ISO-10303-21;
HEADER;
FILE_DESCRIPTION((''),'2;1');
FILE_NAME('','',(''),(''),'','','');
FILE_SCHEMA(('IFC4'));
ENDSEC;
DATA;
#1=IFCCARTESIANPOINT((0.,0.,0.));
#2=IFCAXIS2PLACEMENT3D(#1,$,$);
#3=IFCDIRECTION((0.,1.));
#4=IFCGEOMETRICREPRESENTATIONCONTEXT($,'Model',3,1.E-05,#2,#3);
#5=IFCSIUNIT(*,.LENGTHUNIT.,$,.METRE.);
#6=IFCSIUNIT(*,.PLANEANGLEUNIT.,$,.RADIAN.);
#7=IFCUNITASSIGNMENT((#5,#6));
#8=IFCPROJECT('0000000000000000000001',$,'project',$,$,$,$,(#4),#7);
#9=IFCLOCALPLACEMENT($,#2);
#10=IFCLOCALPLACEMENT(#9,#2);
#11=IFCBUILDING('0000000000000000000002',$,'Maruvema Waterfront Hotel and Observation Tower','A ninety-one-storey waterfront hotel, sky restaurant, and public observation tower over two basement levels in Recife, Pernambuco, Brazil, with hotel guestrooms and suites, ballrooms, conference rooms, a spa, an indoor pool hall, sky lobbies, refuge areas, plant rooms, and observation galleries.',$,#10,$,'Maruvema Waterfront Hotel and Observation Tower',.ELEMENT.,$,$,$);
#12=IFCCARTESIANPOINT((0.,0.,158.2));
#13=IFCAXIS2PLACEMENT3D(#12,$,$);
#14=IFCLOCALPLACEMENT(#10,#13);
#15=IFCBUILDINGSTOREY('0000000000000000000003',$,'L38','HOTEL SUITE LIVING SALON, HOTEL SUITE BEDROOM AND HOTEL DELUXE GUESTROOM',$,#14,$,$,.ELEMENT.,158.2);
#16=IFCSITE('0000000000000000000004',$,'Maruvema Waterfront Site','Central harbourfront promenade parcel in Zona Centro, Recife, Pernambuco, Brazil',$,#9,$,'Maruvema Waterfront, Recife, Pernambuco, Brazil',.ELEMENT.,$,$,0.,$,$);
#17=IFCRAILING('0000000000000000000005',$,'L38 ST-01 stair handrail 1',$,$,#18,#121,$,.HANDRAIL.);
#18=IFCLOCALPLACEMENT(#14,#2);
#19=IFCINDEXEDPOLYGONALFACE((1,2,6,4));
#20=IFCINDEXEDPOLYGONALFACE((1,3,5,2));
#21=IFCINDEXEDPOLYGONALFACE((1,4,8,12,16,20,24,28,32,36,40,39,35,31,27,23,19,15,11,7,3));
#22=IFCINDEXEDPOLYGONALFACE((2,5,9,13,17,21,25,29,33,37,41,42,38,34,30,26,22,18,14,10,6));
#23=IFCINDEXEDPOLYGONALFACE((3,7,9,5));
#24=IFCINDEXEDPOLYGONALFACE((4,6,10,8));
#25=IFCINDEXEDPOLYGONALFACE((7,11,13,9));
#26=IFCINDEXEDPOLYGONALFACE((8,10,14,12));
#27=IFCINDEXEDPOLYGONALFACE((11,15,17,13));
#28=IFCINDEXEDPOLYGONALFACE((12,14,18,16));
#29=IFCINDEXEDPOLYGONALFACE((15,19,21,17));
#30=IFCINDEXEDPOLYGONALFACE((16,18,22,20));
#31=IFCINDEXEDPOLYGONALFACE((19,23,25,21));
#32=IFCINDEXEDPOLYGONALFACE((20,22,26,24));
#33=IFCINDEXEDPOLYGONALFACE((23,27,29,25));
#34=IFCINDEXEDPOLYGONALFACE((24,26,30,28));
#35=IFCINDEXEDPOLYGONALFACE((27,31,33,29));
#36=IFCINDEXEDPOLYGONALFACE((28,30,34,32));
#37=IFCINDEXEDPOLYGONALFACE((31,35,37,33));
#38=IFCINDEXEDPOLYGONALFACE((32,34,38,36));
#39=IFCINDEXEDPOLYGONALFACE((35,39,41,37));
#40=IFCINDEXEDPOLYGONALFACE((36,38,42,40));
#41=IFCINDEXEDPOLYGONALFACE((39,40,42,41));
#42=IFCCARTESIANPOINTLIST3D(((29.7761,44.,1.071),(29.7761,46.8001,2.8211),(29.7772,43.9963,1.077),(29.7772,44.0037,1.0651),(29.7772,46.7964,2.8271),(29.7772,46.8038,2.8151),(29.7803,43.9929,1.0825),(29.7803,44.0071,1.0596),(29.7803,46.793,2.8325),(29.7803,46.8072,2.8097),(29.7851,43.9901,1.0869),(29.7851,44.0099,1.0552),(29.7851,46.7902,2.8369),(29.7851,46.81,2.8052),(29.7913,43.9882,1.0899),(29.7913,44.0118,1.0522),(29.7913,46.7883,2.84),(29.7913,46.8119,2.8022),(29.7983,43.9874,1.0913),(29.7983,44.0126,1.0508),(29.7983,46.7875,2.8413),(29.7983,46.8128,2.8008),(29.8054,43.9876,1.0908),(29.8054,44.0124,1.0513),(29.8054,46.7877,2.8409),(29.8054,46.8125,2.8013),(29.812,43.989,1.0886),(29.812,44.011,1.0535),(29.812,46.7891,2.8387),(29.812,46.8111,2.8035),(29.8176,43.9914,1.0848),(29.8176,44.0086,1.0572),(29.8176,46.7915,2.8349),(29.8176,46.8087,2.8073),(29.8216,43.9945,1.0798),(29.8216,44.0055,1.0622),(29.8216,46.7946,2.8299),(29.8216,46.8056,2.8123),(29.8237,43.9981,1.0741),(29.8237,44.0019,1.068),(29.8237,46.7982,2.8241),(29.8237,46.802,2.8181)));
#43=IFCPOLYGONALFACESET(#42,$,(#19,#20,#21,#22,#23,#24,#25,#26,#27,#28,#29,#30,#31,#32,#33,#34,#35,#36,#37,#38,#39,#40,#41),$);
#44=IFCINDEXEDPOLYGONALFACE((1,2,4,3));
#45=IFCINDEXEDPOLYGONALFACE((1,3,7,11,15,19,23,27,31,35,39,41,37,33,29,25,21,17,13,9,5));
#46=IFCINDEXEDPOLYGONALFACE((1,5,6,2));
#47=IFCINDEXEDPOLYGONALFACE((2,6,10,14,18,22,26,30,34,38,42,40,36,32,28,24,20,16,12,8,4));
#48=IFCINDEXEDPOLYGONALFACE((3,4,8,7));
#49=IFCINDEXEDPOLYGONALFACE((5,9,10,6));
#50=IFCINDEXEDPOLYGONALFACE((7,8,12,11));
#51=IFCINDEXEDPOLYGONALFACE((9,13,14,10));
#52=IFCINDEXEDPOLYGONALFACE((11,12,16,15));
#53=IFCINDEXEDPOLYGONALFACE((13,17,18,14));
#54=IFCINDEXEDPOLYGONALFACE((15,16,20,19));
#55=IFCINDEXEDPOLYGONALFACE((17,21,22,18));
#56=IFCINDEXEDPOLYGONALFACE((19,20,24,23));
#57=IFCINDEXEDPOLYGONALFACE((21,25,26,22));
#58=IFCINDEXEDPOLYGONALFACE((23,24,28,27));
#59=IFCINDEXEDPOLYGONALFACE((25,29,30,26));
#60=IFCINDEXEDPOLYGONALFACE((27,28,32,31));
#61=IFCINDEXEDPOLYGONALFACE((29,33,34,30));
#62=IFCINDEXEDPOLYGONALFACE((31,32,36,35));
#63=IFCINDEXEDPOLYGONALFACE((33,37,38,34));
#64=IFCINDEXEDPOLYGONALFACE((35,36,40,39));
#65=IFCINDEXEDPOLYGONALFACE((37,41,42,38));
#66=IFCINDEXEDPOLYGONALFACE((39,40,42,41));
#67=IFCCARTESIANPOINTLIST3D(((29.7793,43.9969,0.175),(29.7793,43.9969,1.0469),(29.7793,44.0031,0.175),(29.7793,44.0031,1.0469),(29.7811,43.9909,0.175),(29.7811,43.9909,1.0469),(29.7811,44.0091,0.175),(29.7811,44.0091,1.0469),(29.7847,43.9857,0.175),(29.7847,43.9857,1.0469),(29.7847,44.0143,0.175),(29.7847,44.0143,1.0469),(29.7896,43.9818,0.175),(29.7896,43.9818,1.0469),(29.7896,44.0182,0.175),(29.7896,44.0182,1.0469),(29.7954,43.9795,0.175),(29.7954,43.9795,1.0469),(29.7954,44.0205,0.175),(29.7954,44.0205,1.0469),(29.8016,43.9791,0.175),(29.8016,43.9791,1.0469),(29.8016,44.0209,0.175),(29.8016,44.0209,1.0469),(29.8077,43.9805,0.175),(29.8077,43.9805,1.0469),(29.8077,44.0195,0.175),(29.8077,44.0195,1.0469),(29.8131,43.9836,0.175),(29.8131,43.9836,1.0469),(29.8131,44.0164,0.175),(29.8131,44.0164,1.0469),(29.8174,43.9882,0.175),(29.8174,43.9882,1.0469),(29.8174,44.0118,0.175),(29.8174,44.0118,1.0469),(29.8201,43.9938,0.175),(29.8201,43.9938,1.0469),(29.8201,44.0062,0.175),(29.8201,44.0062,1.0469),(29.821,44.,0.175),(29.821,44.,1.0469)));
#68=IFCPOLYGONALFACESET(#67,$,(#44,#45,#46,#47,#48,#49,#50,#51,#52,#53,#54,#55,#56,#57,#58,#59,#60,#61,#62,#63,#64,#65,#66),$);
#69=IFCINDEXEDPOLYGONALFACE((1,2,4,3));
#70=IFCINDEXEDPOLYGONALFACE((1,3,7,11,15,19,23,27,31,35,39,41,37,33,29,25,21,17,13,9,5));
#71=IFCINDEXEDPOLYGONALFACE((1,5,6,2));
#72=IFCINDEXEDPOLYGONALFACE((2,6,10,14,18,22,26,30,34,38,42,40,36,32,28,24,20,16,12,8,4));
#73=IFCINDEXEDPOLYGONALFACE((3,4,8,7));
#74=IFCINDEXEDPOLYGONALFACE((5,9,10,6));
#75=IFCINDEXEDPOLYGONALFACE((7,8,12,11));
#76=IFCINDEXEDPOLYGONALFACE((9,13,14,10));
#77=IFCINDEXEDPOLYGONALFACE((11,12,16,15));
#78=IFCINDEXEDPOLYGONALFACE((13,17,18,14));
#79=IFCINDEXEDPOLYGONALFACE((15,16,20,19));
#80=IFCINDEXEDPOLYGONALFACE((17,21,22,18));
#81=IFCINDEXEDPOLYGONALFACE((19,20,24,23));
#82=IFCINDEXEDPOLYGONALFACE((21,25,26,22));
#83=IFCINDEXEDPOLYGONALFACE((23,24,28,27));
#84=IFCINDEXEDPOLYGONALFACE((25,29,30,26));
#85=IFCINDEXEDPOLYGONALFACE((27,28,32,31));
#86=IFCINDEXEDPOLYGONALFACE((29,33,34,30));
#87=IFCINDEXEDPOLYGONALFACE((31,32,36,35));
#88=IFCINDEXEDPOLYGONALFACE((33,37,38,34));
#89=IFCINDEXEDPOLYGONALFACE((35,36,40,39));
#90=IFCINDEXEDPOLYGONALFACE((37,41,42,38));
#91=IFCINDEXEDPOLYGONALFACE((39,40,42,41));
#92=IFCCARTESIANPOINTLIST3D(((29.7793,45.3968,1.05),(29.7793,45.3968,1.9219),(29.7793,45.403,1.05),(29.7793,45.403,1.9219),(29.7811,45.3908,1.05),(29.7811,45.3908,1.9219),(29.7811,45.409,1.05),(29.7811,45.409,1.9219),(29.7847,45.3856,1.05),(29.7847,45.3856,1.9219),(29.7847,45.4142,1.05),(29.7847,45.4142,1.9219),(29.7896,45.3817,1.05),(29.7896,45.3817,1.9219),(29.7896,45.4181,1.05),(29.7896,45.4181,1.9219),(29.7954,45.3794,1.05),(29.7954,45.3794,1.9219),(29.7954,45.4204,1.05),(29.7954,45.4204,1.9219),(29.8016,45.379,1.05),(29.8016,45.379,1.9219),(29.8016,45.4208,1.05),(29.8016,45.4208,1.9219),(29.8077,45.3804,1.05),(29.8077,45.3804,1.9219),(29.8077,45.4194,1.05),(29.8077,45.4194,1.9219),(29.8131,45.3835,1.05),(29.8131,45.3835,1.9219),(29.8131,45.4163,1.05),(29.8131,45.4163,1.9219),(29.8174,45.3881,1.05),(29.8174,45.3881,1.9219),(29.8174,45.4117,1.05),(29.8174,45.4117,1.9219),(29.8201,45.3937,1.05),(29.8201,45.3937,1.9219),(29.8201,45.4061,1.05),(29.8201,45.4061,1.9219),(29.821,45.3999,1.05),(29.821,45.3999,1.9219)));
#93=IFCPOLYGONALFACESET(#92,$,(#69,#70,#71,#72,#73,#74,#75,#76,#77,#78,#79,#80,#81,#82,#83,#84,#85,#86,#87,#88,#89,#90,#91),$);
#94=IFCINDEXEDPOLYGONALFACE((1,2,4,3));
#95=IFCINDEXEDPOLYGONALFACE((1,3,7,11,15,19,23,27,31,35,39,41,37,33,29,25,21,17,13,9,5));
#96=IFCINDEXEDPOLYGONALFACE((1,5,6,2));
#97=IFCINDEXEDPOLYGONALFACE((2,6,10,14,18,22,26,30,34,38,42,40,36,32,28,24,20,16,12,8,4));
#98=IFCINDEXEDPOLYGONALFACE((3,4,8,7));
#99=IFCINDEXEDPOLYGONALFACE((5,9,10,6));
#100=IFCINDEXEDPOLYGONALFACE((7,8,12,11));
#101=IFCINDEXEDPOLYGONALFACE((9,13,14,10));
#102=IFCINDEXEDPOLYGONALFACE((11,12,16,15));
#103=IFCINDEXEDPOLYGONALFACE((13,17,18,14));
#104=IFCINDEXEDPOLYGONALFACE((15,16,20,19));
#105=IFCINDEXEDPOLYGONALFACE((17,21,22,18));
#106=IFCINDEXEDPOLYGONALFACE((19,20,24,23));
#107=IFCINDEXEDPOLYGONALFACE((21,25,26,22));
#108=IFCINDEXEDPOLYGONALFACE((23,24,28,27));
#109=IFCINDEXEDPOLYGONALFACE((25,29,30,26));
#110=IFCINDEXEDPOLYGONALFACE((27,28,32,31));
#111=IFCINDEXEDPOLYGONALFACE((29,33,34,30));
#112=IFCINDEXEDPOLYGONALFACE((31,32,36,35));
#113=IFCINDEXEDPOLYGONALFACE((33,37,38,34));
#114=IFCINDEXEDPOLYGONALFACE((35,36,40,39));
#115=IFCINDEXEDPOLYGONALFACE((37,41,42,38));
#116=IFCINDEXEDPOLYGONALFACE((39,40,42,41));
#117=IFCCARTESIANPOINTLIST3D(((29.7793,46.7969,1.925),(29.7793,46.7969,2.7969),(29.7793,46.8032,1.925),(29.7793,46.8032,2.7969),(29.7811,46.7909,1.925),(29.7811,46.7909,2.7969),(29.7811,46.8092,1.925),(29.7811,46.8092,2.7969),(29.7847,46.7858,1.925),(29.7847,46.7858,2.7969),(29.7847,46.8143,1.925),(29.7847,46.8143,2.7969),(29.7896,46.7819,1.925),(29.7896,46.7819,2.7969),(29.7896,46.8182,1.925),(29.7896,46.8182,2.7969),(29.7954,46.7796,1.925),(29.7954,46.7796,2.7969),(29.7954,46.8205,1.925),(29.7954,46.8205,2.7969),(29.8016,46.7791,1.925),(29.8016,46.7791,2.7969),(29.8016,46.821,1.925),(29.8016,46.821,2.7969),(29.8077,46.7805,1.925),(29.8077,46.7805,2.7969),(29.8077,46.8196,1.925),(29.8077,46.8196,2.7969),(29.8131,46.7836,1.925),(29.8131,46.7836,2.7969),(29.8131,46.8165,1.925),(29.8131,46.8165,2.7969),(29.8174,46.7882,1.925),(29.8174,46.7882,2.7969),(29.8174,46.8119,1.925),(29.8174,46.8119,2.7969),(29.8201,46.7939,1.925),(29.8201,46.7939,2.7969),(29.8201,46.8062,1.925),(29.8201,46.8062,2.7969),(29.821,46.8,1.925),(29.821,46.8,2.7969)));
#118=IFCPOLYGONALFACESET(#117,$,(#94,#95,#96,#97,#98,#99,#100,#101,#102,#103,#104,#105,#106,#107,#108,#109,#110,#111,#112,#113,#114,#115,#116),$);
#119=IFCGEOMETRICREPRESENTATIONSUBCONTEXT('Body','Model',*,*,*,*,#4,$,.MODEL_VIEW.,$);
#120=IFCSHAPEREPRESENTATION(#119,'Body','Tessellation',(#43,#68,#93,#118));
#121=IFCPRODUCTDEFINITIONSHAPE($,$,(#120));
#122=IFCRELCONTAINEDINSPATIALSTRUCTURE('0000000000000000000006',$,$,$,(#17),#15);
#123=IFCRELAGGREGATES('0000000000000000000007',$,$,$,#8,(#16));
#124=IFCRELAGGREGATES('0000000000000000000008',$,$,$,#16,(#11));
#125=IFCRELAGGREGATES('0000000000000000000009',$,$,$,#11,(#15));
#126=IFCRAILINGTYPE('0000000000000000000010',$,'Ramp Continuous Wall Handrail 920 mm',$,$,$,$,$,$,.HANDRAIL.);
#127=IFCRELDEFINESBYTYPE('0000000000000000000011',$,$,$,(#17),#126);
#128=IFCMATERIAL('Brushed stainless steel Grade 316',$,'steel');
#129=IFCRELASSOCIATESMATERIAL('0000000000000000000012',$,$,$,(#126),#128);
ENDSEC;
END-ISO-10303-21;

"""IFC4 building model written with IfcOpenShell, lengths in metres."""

from ifc_helpers import new_model, si_unit, direction, frame, origin, origin_2d, place, context, subcontext, project, spatial, circle, extrude, material, type_object, element, save


model = new_model("IFC4")

# Units and contexts
model_context = context("Model", 3, precision=1e-05, world=origin(), true_north=direction((0.0, 1.0)))
body_context = subcontext(model_context, "Body", "Model", "MODEL_VIEW")
ifc_project = project(units=[si_unit("LENGTHUNIT", "METRE"), si_unit("PLANEANGLEUNIT", "RADIAN")], contexts=[model_context])

# Site, building, storey
site_placement = place(None, origin())
site = spatial("IfcSite", under=ifc_project, at=site_placement, Name="Maruvema Waterfront Site", Description="Central harbourfront promenade parcel in Zona Centro, Recife, Pernambuco, Brazil", LongName="Maruvema Waterfront, Recife, Pernambuco, Brazil", CompositionType="ELEMENT", RefElevation=0.0)
building_placement = place(site_placement, origin())
building = spatial("IfcBuilding", under=site, at=building_placement, Name="Maruvema Waterfront Hotel and Observation Tower", Description="A ninety-one-storey waterfront hotel, sky restaurant, and public observation tower over two basement levels in Recife, Pernambuco, Brazil, with hotel guestrooms and suites, ballrooms, conference rooms, a spa, an indoor pool hall, sky lobbies, refuge areas, plant rooms, and observation galleries.", LongName="Maruvema Waterfront Hotel and Observation Tower", CompositionType="ELEMENT")
storey_placement = place(building_placement, frame((0.0, 0.0, 158.2)))
storey = spatial("IfcBuildingStorey", under=building, at=storey_placement, Name="L38", Description="HOTEL SUITE LIVING SALON, HOTEL SUITE BEDROOM AND HOTEL DELUXE GUESTROOM", CompositionType="ELEMENT", Elevation=158.2)

# Railing
ifc_material_1 = material(Name="Brushed stainless steel Grade 316", Category="steel")
railing_type_1 = type_object("IfcRailingType", Name="Ramp Continuous Wall Handrail 920 mm", PredefinedType="HANDRAIL", material=ifc_material_1)
railing_1_placement = place(storey_placement, frame((29.8, 44.0, 0.175)))
element("IfcRailing", 1, at=railing_1_placement, inside=storey, type_object=railing_type_1, Name="L38 ST-01 stair handrail 1", PredefinedType="HANDRAIL", context=body_context, shape_type="SweptSolid", body=[
    extrude(circle(Radius=0.0239, at=origin_2d()), frame((0.0, 0.0, 0.896), z_axis=(0.0, 0.848002, 0.529992), x_axis=(-1.0, 0.0, 0.0)), (0.0, 0.0, 1.0), 3.302),
    extrude(circle(Radius=0.021, at=origin_2d()), origin(), (0.0, 0.0, 1.0), 0.8718),
    extrude(circle(Radius=0.021, at=origin_2d()), frame((0.0, 1.3999, 0.875)), (0.0, 0.0, 1.0), 0.8718),
    extrude(circle(Radius=0.021, at=origin_2d()), frame((0.0, 2.8, 1.75)), (0.0, 0.0, 1.0), 0.8718),
])

save(model, "model.ifc")
